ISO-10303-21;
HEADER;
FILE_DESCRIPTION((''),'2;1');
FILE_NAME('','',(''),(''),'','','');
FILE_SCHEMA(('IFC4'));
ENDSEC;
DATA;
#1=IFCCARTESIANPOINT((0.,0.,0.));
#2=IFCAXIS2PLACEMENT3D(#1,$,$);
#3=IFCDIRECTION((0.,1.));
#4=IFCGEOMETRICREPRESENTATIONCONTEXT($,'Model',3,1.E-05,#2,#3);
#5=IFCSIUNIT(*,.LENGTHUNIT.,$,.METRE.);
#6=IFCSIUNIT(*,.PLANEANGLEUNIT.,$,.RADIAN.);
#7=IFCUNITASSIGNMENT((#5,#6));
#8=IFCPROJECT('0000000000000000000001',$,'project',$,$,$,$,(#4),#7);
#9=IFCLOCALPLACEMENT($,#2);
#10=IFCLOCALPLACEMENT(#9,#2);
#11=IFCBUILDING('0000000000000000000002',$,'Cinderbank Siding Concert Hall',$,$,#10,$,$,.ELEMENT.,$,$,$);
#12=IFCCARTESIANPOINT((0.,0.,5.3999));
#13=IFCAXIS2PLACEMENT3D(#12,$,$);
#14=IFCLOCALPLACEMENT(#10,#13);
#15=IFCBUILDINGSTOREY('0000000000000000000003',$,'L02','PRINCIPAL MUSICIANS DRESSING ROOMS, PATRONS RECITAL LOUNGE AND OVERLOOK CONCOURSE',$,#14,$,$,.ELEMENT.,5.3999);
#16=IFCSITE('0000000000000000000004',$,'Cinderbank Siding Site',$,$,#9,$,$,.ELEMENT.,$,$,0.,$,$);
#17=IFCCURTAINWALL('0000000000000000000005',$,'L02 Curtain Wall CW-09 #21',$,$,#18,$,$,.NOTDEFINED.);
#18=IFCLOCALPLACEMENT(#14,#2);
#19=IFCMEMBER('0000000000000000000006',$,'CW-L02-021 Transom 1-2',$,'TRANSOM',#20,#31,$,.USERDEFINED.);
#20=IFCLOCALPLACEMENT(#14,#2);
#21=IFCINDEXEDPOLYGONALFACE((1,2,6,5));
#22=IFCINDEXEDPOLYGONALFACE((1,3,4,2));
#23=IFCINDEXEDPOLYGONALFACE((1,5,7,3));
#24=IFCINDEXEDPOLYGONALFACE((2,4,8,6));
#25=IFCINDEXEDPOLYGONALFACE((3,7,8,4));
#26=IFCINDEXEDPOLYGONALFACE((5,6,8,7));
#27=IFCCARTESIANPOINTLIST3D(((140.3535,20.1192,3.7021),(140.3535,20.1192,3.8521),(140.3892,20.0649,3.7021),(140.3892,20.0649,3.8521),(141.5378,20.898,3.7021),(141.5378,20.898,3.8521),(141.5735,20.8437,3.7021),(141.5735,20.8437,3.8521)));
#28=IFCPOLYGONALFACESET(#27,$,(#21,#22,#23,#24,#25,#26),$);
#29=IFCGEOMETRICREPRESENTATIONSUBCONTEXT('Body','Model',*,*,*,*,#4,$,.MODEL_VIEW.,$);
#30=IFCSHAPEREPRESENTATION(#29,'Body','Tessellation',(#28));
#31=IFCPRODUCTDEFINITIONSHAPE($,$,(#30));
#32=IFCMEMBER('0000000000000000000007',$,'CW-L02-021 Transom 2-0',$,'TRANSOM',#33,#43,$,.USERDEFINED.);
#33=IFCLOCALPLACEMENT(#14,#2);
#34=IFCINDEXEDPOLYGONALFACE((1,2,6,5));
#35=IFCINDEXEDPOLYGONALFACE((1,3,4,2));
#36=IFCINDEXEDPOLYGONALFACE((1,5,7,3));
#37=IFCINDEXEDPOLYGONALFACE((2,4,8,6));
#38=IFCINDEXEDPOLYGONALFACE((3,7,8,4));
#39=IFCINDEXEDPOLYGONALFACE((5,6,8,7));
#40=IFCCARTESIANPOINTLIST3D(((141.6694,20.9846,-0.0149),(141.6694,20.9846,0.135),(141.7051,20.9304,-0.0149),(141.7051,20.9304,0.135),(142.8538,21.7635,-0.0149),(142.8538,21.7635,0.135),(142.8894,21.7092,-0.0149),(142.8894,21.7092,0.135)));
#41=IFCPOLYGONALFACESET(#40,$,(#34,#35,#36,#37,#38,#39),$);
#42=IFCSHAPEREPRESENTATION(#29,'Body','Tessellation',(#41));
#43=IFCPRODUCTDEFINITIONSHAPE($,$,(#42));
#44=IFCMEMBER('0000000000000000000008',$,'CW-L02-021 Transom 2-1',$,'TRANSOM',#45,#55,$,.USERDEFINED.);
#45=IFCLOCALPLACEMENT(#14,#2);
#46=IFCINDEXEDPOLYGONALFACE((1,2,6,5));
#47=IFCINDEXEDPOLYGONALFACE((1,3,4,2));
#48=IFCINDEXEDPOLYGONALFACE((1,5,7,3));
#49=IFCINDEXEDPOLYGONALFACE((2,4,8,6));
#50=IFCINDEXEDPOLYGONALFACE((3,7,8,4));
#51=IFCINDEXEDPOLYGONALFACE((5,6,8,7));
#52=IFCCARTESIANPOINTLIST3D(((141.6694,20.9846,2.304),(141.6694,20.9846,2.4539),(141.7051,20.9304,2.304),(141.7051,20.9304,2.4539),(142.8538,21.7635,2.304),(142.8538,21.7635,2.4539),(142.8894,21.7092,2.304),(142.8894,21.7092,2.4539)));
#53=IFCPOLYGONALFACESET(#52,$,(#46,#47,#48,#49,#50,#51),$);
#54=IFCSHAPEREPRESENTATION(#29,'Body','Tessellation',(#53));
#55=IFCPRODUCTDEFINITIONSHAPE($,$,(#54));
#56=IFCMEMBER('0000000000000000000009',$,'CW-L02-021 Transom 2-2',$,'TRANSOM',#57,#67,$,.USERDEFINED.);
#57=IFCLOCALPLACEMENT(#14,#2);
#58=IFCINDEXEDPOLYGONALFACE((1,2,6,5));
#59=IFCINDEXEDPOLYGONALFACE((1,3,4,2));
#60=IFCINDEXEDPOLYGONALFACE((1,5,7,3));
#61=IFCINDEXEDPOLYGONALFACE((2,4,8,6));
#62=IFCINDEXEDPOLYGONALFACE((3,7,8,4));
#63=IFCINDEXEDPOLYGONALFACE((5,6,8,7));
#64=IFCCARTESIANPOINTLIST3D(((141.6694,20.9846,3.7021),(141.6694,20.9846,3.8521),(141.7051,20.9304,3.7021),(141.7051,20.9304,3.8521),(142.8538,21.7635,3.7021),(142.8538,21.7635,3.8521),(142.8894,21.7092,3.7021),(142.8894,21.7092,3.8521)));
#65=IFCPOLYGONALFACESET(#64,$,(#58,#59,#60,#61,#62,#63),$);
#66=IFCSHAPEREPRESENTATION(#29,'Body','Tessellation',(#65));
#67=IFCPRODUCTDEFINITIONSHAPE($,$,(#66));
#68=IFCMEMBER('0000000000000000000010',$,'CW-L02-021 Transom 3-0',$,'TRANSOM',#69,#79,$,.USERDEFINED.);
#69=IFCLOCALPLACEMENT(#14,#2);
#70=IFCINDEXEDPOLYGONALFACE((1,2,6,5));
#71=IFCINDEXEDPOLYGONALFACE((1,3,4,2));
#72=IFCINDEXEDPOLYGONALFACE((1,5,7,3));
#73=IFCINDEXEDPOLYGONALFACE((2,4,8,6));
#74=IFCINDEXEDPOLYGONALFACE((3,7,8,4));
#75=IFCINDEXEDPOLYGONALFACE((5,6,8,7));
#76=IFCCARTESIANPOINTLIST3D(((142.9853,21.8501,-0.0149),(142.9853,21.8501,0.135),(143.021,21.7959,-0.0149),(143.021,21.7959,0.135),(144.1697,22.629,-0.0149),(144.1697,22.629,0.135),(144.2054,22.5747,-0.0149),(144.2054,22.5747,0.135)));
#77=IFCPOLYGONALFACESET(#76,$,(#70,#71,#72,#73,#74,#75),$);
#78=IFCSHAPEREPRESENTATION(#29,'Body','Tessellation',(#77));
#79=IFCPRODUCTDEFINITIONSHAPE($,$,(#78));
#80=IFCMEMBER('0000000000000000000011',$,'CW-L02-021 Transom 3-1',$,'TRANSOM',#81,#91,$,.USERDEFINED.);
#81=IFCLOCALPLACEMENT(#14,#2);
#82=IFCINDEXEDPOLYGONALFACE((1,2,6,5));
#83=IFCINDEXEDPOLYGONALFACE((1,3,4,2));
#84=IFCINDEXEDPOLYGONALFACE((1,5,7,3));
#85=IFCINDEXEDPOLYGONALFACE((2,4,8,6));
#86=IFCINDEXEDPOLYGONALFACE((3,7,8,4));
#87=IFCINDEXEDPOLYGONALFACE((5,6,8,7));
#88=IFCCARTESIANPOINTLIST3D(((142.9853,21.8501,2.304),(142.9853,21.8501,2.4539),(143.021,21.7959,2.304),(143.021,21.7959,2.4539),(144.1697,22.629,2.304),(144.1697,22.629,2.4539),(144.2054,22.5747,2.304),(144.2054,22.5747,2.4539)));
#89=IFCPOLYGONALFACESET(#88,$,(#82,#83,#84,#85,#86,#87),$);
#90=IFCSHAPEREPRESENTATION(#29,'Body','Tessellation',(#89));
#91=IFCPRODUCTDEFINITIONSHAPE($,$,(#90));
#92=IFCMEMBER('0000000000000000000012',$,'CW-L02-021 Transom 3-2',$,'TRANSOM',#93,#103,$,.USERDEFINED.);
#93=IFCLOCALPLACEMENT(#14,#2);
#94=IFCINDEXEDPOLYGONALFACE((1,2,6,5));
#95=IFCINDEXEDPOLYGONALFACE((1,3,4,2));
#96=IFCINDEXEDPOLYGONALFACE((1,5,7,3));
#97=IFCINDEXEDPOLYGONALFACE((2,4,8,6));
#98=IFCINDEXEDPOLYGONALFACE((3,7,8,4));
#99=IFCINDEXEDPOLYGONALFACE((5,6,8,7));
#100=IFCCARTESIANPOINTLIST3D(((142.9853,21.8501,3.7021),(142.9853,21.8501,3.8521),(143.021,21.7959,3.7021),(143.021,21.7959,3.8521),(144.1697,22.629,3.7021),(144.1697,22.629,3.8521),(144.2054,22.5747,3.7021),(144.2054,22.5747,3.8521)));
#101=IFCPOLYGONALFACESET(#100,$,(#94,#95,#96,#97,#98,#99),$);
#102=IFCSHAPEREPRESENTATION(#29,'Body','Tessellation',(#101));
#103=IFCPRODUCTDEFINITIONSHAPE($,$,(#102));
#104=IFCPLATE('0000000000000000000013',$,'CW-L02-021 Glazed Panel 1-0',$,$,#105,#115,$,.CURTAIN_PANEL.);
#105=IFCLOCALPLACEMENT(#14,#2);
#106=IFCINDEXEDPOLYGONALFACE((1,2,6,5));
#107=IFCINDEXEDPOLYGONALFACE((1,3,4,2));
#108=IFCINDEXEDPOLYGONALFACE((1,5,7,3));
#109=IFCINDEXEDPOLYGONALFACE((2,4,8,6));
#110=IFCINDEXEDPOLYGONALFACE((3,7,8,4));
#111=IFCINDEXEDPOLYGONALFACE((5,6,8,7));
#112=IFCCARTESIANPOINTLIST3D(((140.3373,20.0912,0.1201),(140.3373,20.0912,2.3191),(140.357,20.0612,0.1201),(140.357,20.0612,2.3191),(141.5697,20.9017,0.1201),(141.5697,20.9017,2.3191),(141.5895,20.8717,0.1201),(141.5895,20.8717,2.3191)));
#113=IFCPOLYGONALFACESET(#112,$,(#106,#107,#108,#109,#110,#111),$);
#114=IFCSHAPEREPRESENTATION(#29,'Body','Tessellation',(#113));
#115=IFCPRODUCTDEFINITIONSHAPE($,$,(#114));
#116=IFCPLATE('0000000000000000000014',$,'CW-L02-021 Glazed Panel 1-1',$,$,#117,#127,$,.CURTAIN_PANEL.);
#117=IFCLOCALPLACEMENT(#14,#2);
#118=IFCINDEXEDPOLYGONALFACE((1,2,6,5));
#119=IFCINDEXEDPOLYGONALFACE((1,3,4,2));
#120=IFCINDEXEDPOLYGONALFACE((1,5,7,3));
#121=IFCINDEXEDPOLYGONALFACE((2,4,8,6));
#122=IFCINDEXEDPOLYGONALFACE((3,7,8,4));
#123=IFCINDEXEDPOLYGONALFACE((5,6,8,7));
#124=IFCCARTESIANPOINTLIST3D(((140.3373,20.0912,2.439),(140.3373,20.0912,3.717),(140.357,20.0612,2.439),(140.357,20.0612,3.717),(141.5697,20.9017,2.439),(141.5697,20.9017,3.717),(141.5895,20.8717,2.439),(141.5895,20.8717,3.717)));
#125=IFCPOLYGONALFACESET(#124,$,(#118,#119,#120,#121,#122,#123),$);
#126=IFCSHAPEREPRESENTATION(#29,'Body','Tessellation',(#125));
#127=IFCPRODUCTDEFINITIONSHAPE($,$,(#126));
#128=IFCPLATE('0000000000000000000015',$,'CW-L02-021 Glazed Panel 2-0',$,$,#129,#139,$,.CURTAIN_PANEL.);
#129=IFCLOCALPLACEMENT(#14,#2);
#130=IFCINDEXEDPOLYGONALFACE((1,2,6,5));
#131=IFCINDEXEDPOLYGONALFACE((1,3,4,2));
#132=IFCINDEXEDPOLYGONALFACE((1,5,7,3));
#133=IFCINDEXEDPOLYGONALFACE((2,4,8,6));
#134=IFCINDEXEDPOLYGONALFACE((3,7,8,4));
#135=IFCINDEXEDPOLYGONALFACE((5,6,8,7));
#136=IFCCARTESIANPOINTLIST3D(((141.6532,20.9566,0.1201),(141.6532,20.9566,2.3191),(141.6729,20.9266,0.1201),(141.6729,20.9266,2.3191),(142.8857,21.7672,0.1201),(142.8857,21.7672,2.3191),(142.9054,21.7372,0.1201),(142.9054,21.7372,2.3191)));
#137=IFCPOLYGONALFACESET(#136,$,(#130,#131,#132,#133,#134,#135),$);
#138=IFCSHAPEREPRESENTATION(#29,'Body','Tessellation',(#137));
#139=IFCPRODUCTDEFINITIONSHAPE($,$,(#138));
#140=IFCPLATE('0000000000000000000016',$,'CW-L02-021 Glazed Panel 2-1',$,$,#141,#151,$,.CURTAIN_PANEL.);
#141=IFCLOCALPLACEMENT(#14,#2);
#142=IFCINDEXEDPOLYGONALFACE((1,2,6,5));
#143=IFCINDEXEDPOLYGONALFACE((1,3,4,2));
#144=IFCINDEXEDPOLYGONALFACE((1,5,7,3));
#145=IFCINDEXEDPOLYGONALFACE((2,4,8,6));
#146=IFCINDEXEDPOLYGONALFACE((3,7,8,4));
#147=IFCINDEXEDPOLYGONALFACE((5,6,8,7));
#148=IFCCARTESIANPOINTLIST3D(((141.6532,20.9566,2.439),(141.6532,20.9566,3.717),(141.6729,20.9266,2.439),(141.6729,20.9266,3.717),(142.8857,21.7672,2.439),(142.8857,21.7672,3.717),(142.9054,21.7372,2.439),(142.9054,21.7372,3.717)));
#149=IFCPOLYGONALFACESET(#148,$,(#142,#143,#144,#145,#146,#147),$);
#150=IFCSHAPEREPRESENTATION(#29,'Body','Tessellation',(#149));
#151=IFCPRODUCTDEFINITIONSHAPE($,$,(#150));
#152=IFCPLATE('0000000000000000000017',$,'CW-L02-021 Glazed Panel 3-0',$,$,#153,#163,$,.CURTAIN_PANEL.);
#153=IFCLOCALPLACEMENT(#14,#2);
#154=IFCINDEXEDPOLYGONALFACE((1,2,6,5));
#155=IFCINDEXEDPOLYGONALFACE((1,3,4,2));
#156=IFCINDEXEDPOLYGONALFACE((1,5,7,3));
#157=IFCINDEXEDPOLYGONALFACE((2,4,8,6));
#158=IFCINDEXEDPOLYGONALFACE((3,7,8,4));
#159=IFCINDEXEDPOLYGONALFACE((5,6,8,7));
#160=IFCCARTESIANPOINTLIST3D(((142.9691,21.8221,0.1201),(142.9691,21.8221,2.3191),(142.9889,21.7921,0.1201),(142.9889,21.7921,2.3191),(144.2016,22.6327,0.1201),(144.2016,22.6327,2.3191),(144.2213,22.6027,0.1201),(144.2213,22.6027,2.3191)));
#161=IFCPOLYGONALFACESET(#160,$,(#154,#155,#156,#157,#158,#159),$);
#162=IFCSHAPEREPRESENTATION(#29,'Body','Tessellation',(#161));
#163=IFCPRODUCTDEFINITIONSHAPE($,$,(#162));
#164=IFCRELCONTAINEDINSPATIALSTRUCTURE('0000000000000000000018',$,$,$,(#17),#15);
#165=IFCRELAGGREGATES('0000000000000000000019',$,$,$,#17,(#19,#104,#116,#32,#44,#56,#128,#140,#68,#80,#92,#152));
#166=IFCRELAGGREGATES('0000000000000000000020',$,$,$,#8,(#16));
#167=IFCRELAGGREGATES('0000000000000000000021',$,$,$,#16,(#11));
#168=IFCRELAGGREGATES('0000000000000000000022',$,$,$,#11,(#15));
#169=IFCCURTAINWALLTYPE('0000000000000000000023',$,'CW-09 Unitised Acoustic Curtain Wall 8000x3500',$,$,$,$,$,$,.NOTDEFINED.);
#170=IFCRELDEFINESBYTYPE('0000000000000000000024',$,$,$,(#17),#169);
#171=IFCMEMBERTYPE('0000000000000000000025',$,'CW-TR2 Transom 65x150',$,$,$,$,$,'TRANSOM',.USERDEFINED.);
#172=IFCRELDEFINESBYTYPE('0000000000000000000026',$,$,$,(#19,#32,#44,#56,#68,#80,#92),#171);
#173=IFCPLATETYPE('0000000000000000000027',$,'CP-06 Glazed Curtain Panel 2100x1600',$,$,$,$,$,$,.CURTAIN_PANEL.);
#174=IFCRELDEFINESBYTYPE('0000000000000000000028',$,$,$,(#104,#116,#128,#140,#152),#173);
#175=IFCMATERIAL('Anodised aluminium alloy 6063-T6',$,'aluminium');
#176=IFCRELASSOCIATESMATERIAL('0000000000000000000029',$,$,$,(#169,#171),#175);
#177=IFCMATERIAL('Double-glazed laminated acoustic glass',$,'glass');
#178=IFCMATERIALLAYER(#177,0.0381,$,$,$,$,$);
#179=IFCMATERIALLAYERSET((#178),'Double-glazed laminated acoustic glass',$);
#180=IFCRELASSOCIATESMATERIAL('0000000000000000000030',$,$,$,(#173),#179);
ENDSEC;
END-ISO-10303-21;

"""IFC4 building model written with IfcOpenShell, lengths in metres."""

from ifc_helpers import new_model, si_unit, direction, frame, origin, origin_2d, place, context, subcontext, project, spatial, rectangle, extrude, material, layer, layer_set, material_profile, profile_set, type_object, element, aggregate, save


model = new_model("IFC4")

# Units and contexts
model_context = context("Model", 3, precision=1e-05, world=origin(), true_north=direction((0.0, 1.0)))
body_context = subcontext(model_context, "Body", "Model", "MODEL_VIEW")
ifc_project = project(units=[si_unit("LENGTHUNIT", "METRE"), si_unit("PLANEANGLEUNIT", "RADIAN")], contexts=[model_context])

# Site, building, storey
site_placement = place(None, origin())
site = spatial("IfcSite", under=ifc_project, at=site_placement, Name="Cinderbank Siding Site", CompositionType="ELEMENT", RefElevation=0.0)
building_placement = place(site_placement, origin())
building = spatial("IfcBuilding", under=site, at=building_placement, Name="Cinderbank Siding Concert Hall", CompositionType="ELEMENT")
storey_placement = place(building_placement, frame((0.0, 0.0, 5.3999)))
storey = spatial("IfcBuildingStorey", under=building, at=storey_placement, Name="L02", Description="PRINCIPAL MUSICIANS DRESSING ROOMS, PATRONS RECITAL LOUNGE AND OVERLOOK CONCOURSE", CompositionType="ELEMENT", Elevation=5.3999)

# Curtain wall, members, plates
ifc_material_1 = material(Name="Anodised aluminium alloy 6063-T6", Category="aluminium")
curtain_wall_type = type_object("IfcCurtainWallType", Name="CW-09 Unitised Acoustic Curtain Wall 8000x3500", PredefinedType="NOTDEFINED", material=ifc_material_1)
curtain_wall_placement = place(storey_placement, origin())
curtain_wall = element("IfcCurtainWall", 1, at=curtain_wall_placement, inside=storey, type_object=curtain_wall_type, Name="L02 Curtain Wall CW-09 #21", PredefinedType="NOTDEFINED")
ifc_material_profile_1 = material_profile(ifc_material_1, rectangle(XDim=0.0649, YDim=0.1499, at=origin_2d()), Name="ALU-TRAN-65x150", Category="LoadBearing")
ifc_profile_set_1 = profile_set([ifc_material_profile_1], Name="Anodised aluminium alloy 6063-T6")
member_type_1 = type_object("IfcMemberType", Name="CW-TR2 Transom 65x150", ElementType="TRANSOM", PredefinedType="USERDEFINED", material=ifc_profile_set_1)
member_1_placement = place(storey_placement, frame((140.3713, 20.092, 3.7771), z_axis=(0.835532, 0.549443, 0.0), x_axis=(-0.549443, 0.835532, 0.0)))
member_1 = element("IfcMember", 2, at=member_1_placement, type_object=member_type_1, Name="CW-L02-021 Transom 1-2", ObjectType="TRANSOM", PredefinedType="USERDEFINED", context=body_context, shape_type="SweptSolid", body=[
    extrude(rectangle(XDim=0.0649, YDim=0.1499, at=origin_2d()), origin(), (0.0, 0.0, 1.0), 1.4175),
])
member_2_placement = place(storey_placement, frame((141.6873, 20.9575, 0.0601), z_axis=(0.835532, 0.549443, 0.0), x_axis=(-0.549443, 0.835532, 0.0)))
member_2 = element("IfcMember", 3, at=member_2_placement, type_object=member_type_1, Name="CW-L02-021 Transom 2-0", ObjectType="TRANSOM", PredefinedType="USERDEFINED", context=body_context, shape_type="SweptSolid", body=[
    extrude(rectangle(XDim=0.0649, YDim=0.1499, at=origin_2d()), origin(), (0.0, 0.0, 1.0), 1.4175),
])
member_3_placement = place(storey_placement, frame((141.6873, 20.9575, 2.3789), z_axis=(0.835532, 0.549443, 0.0), x_axis=(-0.549443, 0.835532, 0.0)))
member_3 = element("IfcMember", 4, at=member_3_placement, type_object=member_type_1, Name="CW-L02-021 Transom 2-1", ObjectType="TRANSOM", PredefinedType="USERDEFINED", context=body_context, shape_type="SweptSolid", body=[
    extrude(rectangle(XDim=0.0649, YDim=0.1499, at=origin_2d()), origin(), (0.0, 0.0, 1.0), 1.4175),
])
member_4_placement = place(storey_placement, frame((141.6873, 20.9575, 3.7771), z_axis=(0.835532, 0.549443, 0.0), x_axis=(-0.549443, 0.835532, 0.0)))
member_4 = element("IfcMember", 5, at=member_4_placement, type_object=member_type_1, Name="CW-L02-021 Transom 2-2", ObjectType="TRANSOM", PredefinedType="USERDEFINED", context=body_context, shape_type="SweptSolid", body=[
    extrude(rectangle(XDim=0.0649, YDim=0.1499, at=origin_2d()), origin(), (0.0, 0.0, 1.0), 1.4175),
])
member_5_placement = place(storey_placement, frame((143.0032, 21.823, 0.0601), z_axis=(0.835532, 0.549443, 0.0), x_axis=(-0.549443, 0.835532, 0.0)))
member_5 = element("IfcMember", 6, at=member_5_placement, type_object=member_type_1, Name="CW-L02-021 Transom 3-0", ObjectType="TRANSOM", PredefinedType="USERDEFINED", context=body_context, shape_type="SweptSolid", body=[
    extrude(rectangle(XDim=0.0649, YDim=0.1499, at=origin_2d()), origin(), (0.0, 0.0, 1.0), 1.4175),
])
member_6_placement = place(storey_placement, frame((143.0032, 21.823, 2.3789), z_axis=(0.835532, 0.549443, 0.0), x_axis=(-0.549443, 0.835532, 0.0)))
member_6 = element("IfcMember", 7, at=member_6_placement, type_object=member_type_1, Name="CW-L02-021 Transom 3-1", ObjectType="TRANSOM", PredefinedType="USERDEFINED", context=body_context, shape_type="SweptSolid", body=[
    extrude(rectangle(XDim=0.0649, YDim=0.1499, at=origin_2d()), origin(), (0.0, 0.0, 1.0), 1.4175),
])
member_7_placement = place(storey_placement, frame((143.0032, 21.823, 3.7771), z_axis=(0.835532, 0.549443, 0.0), x_axis=(-0.549443, 0.835532, 0.0)))
member_7 = element("IfcMember", 8, at=member_7_placement, type_object=member_type_1, Name="CW-L02-021 Transom 3-2", ObjectType="TRANSOM", PredefinedType="USERDEFINED", context=body_context, shape_type="SweptSolid", body=[
    extrude(rectangle(XDim=0.0649, YDim=0.1499, at=origin_2d()), origin(), (0.0, 0.0, 1.0), 1.4175),
])
ifc_material_2 = material(Name="Double-glazed laminated acoustic glass", Category="glass")
ifc_layer_1 = layer(ifc_material_2, 0.0381)
ifc_layer_set_1 = layer_set([ifc_layer_1], Name="Double-glazed laminated acoustic glass")
plate_type = type_object("IfcPlateType", Name="CP-06 Glazed Curtain Panel 2100x1600", PredefinedType="CURTAIN_PANEL", material=ifc_layer_set_1)
plate_1_placement = place(storey_placement, frame((140.9634, 20.4814, 0.1201), z_axis=(0.0, 0.0, 1.0), x_axis=(0.835492, 0.549503, 0.0)))
plate_1 = element("IfcPlate", 9, at=plate_1_placement, type_object=plate_type, Name="CW-L02-021 Glazed Panel 1-0", PredefinedType="CURTAIN_PANEL", context=body_context, shape_type="SweptSolid", body=[
    extrude(rectangle(XDim=1.4751, YDim=0.0359, at=origin_2d()), origin(), (0.0, 0.0, 1.0), 2.199),
])
plate_2_placement = place(storey_placement, frame((140.9634, 20.4814, 2.439), z_axis=(0.0, 0.0, 1.0), x_axis=(0.835492, 0.549503, 0.0)))
plate_2 = element("IfcPlate", 10, at=plate_2_placement, type_object=plate_type, Name="CW-L02-021 Glazed Panel 1-1", PredefinedType="CURTAIN_PANEL", context=body_context, shape_type="SweptSolid", body=[
    extrude(rectangle(XDim=1.4751, YDim=0.0359, at=origin_2d()), origin(), (0.0, 0.0, 1.0), 1.2781),
])
plate_3_placement = place(storey_placement, frame((142.2793, 21.3469, 0.1201), z_axis=(0.0, 0.0, 1.0), x_axis=(0.835492, 0.549503, 0.0)))
plate_3 = element("IfcPlate", 11, at=plate_3_placement, type_object=plate_type, Name="CW-L02-021 Glazed Panel 2-0", PredefinedType="CURTAIN_PANEL", context=body_context, shape_type="SweptSolid", body=[
    extrude(rectangle(XDim=1.4751, YDim=0.0359, at=origin_2d()), origin(), (0.0, 0.0, 1.0), 2.199),
])
plate_4_placement = place(storey_placement, frame((142.2793, 21.3469, 2.439), z_axis=(0.0, 0.0, 1.0), x_axis=(0.835492, 0.549503, 0.0)))
plate_4 = element("IfcPlate", 12, at=plate_4_placement, type_object=plate_type, Name="CW-L02-021 Glazed Panel 2-1", PredefinedType="CURTAIN_PANEL", context=body_context, shape_type="SweptSolid", body=[
    extrude(rectangle(XDim=1.4751, YDim=0.0359, at=origin_2d()), origin(), (0.0, 0.0, 1.0), 1.2781),
])
plate_5_placement = place(storey_placement, frame((143.5952, 22.2124, 0.1201), z_axis=(0.0, 0.0, 1.0), x_axis=(0.835492, 0.549503, 0.0)))
plate_5 = element("IfcPlate", 13, at=plate_5_placement, type_object=plate_type, Name="CW-L02-021 Glazed Panel 3-0", PredefinedType="CURTAIN_PANEL", context=body_context, shape_type="SweptSolid", body=[
    extrude(rectangle(XDim=1.4751, YDim=0.0359, at=origin_2d()), origin(), (0.0, 0.0, 1.0), 2.199),
])
aggregate(curtain_wall, [member_1, plate_1, plate_2, member_2, member_3, member_4, plate_3, plate_4, member_5, member_6, member_7, plate_5])

save(model, "model.ifc")
